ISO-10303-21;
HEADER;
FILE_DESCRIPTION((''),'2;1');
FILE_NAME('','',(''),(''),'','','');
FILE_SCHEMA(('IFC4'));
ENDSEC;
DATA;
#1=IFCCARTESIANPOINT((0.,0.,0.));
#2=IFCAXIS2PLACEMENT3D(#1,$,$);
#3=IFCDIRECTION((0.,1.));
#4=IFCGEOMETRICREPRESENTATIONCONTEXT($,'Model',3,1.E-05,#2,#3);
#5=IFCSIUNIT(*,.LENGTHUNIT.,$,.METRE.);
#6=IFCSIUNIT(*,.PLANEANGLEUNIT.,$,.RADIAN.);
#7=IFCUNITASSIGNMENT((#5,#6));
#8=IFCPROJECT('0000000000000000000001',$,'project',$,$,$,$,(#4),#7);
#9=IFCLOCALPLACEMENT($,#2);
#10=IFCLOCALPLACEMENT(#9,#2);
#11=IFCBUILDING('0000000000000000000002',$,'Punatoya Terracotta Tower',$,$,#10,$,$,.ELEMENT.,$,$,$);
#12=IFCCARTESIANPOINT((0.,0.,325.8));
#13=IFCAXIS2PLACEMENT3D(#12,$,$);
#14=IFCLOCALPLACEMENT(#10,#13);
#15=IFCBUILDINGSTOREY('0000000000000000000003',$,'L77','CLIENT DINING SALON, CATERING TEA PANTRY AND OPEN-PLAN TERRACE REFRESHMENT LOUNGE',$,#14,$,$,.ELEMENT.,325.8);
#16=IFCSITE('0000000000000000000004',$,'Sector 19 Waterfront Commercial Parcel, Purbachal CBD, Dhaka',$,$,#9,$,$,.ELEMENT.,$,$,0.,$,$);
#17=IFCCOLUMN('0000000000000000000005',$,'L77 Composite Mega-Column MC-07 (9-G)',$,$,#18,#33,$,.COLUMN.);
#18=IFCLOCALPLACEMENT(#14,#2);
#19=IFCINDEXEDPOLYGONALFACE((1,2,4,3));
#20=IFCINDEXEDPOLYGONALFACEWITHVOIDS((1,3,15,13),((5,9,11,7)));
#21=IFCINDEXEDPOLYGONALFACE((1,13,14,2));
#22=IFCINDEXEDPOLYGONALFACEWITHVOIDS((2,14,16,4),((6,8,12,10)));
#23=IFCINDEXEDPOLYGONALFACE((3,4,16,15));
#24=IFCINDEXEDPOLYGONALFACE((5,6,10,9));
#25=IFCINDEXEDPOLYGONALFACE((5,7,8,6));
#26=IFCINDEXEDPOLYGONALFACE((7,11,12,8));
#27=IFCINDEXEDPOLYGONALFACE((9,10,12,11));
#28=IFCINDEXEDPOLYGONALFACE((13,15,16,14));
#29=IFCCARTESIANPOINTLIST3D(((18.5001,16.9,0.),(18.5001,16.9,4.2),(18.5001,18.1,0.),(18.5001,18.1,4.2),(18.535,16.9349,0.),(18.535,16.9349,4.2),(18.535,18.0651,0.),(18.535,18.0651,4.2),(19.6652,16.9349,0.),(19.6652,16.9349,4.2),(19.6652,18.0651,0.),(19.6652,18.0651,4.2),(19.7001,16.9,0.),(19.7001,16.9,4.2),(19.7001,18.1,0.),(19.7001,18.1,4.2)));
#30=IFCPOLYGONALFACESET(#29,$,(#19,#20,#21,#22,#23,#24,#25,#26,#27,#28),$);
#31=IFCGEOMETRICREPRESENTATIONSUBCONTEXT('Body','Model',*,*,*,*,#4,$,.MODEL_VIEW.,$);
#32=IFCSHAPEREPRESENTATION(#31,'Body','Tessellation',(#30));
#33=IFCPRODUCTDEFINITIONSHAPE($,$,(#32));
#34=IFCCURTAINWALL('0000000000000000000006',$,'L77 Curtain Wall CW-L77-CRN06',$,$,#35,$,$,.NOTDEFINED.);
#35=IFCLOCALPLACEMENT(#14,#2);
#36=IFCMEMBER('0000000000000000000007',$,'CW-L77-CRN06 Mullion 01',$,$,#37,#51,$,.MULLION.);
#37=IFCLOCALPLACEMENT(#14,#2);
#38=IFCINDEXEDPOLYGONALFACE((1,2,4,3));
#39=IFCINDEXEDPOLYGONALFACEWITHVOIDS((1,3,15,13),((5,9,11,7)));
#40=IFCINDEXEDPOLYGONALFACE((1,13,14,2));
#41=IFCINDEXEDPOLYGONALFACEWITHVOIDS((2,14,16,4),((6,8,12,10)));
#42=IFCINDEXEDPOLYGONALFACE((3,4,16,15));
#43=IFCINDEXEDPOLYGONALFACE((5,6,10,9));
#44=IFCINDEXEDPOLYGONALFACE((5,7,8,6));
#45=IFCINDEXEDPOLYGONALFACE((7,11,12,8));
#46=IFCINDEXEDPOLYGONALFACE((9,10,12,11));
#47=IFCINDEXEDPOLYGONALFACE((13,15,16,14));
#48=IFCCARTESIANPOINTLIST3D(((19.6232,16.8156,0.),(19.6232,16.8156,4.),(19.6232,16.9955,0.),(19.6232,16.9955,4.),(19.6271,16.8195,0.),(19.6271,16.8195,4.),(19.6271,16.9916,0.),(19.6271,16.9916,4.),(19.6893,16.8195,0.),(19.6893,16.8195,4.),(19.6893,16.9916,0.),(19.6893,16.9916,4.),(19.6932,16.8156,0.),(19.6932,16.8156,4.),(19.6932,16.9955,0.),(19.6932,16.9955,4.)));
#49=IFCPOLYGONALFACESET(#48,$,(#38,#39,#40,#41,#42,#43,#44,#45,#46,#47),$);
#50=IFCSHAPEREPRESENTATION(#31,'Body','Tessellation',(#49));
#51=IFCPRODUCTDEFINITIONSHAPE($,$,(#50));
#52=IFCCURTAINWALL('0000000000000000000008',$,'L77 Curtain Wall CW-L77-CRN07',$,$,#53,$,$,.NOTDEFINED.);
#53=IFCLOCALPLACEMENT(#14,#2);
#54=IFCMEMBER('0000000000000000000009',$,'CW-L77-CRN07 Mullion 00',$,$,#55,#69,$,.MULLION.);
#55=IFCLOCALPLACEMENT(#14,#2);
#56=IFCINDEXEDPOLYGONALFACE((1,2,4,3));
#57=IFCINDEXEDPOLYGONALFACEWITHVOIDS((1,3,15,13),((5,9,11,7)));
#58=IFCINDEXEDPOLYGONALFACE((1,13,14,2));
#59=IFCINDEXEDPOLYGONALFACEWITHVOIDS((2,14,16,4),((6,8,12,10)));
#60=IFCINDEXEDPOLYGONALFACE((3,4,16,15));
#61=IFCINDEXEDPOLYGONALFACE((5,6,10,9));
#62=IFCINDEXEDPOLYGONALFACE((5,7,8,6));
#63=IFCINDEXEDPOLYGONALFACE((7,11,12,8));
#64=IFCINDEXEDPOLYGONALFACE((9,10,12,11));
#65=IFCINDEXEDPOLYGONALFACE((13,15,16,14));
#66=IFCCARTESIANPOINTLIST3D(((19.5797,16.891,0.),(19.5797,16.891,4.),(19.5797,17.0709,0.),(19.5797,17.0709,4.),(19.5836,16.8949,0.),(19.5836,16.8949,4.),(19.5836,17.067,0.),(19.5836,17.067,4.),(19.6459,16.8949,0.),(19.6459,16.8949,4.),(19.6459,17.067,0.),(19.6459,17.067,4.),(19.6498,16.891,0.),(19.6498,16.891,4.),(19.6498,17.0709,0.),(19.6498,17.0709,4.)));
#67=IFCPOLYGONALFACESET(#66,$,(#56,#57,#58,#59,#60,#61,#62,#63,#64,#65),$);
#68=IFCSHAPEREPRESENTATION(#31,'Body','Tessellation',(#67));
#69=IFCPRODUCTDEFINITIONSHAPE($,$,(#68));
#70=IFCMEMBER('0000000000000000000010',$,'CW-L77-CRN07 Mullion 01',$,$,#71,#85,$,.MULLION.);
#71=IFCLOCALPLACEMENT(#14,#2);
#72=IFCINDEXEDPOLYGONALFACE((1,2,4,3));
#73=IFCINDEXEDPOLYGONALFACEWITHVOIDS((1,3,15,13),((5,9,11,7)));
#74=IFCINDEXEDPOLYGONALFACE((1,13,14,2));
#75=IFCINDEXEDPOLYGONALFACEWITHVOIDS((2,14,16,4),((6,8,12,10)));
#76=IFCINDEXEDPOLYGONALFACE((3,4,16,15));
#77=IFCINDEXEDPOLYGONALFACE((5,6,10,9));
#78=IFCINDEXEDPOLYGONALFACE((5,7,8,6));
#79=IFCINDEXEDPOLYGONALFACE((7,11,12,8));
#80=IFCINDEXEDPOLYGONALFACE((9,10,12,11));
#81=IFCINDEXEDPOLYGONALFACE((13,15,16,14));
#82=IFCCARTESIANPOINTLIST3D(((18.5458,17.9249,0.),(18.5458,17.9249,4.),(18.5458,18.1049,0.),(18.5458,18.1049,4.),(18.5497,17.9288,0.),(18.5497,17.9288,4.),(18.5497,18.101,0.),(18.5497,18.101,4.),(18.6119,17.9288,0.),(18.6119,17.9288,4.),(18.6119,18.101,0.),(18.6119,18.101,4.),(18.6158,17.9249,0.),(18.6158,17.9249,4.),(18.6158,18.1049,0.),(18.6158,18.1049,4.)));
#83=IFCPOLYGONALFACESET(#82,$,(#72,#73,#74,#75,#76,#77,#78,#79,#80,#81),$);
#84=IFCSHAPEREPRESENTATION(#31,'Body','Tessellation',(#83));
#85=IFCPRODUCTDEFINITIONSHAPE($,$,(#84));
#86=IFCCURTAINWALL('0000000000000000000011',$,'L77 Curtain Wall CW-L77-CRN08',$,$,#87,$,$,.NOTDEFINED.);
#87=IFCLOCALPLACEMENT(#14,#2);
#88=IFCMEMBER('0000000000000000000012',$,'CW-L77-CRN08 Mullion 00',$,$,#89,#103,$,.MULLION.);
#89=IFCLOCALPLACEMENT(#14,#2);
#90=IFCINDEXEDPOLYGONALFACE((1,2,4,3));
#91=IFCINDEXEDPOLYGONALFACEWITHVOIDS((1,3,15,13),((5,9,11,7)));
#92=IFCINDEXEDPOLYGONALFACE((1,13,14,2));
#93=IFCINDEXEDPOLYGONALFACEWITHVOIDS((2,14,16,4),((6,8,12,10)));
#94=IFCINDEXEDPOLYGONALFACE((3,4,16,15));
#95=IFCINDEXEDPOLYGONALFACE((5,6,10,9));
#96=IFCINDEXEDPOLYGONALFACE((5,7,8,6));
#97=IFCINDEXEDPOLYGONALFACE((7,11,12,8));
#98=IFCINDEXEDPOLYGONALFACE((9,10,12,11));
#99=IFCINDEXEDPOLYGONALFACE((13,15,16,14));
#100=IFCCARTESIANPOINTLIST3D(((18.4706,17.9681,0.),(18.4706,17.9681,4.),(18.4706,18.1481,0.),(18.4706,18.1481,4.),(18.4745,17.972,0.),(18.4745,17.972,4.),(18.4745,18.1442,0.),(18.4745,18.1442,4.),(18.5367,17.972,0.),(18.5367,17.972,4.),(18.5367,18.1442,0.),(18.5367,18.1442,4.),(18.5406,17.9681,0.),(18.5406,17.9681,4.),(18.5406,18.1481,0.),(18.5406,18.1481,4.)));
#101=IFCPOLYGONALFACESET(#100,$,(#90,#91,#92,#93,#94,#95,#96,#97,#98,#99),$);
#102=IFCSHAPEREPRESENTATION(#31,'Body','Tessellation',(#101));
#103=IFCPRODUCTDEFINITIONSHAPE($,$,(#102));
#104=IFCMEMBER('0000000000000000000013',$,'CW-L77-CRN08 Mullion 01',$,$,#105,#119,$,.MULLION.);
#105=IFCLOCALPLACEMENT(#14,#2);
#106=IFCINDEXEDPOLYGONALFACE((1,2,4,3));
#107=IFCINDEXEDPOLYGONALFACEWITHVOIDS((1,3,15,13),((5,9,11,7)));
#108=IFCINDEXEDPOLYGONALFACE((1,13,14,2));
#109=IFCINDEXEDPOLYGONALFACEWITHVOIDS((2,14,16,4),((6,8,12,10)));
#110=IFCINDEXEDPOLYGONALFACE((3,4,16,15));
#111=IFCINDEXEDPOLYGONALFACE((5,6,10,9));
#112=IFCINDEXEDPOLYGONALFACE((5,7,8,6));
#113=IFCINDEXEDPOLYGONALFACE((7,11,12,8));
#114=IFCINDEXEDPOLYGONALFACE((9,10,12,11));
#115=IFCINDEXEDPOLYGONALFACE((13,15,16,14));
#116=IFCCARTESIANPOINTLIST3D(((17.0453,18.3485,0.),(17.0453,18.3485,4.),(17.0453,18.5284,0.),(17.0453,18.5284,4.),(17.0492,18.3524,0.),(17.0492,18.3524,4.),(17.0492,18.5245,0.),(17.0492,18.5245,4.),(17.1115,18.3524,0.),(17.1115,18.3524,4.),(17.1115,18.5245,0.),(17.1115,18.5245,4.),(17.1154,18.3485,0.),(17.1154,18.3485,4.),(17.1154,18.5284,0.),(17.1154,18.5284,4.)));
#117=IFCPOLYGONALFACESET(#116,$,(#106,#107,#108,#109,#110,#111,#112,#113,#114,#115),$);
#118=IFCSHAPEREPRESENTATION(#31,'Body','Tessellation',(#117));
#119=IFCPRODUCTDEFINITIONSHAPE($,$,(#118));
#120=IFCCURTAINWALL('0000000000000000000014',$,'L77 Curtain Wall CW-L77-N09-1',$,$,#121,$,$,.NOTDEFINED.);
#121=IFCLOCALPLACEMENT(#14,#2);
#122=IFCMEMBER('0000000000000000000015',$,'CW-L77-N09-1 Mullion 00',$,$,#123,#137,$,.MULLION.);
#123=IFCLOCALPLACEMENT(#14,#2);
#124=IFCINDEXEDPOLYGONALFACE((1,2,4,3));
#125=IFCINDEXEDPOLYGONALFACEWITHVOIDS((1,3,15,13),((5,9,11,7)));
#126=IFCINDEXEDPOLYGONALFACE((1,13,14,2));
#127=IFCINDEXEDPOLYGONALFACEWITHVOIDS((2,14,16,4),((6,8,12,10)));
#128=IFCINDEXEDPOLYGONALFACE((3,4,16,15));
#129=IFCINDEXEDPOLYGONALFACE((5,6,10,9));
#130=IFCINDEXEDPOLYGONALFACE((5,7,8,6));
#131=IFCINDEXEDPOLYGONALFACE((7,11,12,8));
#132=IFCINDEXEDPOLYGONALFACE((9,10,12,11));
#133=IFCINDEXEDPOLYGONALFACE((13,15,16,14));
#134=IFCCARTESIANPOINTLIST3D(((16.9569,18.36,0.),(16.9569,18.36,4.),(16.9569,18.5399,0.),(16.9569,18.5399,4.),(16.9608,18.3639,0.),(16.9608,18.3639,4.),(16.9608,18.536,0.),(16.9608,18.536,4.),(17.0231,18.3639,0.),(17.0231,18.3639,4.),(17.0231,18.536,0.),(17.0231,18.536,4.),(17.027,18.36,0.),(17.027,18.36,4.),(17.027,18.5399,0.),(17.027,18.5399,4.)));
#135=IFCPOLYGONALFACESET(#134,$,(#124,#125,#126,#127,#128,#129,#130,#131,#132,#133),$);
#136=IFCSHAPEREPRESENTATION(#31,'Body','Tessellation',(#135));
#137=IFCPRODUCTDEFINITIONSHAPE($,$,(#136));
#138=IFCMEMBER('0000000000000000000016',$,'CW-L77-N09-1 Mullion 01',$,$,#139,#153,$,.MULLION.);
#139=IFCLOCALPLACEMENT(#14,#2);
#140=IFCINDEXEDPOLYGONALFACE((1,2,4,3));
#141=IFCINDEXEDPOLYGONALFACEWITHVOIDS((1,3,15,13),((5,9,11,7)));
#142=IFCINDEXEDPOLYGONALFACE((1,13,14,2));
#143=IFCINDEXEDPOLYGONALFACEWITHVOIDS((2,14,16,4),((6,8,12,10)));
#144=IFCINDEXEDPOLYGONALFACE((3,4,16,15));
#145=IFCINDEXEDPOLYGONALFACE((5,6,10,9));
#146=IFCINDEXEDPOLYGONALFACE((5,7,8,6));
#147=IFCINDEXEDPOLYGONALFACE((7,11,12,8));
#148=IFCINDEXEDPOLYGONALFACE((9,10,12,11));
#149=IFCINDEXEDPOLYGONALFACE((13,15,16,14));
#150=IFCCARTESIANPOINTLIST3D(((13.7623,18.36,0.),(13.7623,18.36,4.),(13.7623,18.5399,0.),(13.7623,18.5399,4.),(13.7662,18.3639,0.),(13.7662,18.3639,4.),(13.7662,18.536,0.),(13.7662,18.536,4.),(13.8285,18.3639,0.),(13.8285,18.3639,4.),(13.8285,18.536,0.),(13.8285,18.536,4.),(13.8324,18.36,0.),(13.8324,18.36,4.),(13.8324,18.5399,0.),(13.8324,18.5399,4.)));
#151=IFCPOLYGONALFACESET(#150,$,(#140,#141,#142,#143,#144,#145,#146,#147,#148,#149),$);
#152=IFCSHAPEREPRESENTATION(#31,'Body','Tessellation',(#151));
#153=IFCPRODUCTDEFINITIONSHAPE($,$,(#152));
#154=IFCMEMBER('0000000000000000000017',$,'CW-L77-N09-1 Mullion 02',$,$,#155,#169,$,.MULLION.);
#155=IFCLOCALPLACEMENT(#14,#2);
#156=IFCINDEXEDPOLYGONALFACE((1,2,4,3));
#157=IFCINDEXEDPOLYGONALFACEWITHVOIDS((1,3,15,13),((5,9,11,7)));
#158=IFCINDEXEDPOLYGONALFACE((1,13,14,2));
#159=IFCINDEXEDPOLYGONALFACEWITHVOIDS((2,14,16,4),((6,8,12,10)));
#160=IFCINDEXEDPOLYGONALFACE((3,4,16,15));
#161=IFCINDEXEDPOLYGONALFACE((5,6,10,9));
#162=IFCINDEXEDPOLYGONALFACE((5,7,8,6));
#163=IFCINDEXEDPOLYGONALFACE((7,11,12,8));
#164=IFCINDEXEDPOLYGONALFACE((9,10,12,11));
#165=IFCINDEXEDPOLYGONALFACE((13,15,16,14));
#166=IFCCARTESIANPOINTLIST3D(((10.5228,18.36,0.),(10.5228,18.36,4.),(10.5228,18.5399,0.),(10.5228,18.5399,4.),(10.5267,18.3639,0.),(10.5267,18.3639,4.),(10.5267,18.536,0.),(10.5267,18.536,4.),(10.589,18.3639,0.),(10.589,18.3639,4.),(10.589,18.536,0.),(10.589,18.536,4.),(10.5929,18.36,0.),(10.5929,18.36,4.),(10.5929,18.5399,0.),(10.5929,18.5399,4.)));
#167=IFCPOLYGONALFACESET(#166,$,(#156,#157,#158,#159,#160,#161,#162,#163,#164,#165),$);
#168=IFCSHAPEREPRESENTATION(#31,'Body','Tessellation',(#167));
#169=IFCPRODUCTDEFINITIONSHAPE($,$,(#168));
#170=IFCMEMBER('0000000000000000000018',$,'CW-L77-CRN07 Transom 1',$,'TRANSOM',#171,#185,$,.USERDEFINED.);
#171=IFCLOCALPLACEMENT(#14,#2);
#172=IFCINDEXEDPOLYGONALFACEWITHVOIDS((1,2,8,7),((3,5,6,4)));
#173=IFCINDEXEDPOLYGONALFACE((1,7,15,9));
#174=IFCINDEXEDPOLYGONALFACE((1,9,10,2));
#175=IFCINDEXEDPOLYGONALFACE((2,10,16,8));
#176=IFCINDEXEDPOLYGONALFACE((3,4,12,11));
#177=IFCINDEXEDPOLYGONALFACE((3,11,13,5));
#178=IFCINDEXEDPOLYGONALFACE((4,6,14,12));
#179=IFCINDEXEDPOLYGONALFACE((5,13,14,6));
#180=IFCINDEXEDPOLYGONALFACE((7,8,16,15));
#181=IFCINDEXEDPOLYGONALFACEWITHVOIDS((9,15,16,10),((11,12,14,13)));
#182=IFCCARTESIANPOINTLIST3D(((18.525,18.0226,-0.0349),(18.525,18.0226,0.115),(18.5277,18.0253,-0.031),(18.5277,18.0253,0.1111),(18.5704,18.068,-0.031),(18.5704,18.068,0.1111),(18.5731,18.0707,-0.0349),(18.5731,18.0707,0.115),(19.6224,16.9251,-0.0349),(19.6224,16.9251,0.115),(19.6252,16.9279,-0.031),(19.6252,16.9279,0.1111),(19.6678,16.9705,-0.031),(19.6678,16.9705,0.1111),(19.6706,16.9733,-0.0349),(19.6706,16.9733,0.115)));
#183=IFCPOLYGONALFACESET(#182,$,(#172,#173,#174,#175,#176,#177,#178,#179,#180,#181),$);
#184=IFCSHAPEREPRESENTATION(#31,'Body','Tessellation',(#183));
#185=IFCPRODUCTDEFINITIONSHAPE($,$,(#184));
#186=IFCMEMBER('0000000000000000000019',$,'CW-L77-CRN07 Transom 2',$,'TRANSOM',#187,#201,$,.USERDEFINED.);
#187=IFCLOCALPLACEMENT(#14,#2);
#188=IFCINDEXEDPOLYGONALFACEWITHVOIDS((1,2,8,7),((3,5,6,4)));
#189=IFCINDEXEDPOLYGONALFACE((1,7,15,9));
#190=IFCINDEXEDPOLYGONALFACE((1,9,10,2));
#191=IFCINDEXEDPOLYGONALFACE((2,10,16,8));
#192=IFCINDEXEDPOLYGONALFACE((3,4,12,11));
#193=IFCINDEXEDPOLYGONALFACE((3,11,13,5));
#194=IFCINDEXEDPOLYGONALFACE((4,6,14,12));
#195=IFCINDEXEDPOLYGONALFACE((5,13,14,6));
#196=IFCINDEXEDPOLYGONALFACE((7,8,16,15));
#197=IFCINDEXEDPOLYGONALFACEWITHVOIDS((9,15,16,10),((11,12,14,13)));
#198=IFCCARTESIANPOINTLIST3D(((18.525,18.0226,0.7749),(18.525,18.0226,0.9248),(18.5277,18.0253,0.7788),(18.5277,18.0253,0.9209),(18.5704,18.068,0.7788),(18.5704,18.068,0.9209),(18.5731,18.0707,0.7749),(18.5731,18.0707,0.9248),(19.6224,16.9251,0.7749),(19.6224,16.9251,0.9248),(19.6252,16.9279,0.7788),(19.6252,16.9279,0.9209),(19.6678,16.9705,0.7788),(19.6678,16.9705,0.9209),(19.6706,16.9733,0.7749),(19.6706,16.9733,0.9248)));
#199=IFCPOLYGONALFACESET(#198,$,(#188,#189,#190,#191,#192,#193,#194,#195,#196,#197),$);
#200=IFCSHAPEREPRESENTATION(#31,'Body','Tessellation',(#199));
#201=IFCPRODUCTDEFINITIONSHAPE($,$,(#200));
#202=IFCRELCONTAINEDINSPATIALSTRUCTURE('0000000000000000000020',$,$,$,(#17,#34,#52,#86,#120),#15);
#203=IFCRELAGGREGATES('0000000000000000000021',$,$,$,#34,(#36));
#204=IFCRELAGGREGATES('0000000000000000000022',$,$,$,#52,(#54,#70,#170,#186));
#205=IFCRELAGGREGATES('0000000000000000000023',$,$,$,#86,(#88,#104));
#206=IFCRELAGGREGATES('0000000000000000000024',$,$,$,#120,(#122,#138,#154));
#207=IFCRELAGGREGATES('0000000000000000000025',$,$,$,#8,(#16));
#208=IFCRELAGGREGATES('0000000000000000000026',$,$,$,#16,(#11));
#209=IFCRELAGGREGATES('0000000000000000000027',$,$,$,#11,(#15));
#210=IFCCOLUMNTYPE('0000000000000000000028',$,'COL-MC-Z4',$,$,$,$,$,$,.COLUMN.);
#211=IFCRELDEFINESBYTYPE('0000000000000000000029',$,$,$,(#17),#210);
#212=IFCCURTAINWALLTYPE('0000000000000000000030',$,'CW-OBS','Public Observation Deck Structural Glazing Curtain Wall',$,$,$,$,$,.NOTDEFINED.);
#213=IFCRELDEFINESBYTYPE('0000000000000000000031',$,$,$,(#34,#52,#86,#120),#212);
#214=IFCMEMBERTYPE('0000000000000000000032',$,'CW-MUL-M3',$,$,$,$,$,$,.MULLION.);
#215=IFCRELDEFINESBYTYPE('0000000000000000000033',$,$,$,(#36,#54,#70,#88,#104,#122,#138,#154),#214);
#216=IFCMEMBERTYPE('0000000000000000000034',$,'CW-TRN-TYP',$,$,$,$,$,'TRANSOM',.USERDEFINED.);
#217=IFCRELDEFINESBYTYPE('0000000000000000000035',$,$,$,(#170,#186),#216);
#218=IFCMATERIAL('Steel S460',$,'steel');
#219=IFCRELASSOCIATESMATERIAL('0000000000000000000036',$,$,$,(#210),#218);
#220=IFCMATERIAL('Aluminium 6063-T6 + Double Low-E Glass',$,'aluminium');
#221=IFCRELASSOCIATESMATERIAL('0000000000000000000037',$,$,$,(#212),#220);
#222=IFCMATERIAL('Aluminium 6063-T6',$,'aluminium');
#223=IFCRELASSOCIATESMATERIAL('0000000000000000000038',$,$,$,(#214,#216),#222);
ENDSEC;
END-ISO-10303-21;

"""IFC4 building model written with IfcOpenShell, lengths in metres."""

from ifc_helpers import new_model, si_unit, direction, frame, origin, origin_2d, place, context, subcontext, project, spatial, hollow_rectangle, extrude, material, material_profile, profile_set, type_object, element, aggregate, save


model = new_model("IFC4")

# Units and contexts
model_context = context("Model", 3, precision=1e-05, world=origin(), true_north=direction((0.0, 1.0)))
body_context = subcontext(model_context, "Body", "Model", "MODEL_VIEW")
ifc_project = project(units=[si_unit("LENGTHUNIT", "METRE"), si_unit("PLANEANGLEUNIT", "RADIAN")], contexts=[model_context])

# Site, building, storey
site_placement = place(None, origin())
site = spatial("IfcSite", under=ifc_project, at=site_placement, Name="Sector 19 Waterfront Commercial Parcel, Purbachal CBD, Dhaka", CompositionType="ELEMENT", RefElevation=0.0)
building_placement = place(site_placement, origin())
building = spatial("IfcBuilding", under=site, at=building_placement, Name="Punatoya Terracotta Tower", CompositionType="ELEMENT")
storey_placement = place(building_placement, frame((0.0, 0.0, 325.8)))
storey = spatial("IfcBuildingStorey", under=building, at=storey_placement, Name="L77", Description="CLIENT DINING SALON, CATERING TEA PANTRY AND OPEN-PLAN TERRACE REFRESHMENT LOUNGE", CompositionType="ELEMENT", Elevation=325.8)

# Column
ifc_material_1 = material(Name="Steel S460", Category="steel")
ifc_material_profile_1 = material_profile(ifc_material_1, hollow_rectangle(XDim=1.2, YDim=1.2, WallThickness=0.0349, at=origin_2d()))
ifc_profile_set_1 = profile_set([ifc_material_profile_1], Name="Steel S460")
column_type = type_object("IfcColumnType", Name="COL-MC-Z4", PredefinedType="COLUMN", material=ifc_profile_set_1)
column_placement = place(storey_placement, frame((19.1001, 17.5, 0.0), z_axis=(0.0, 0.0, 1.0), x_axis=(1.0, 0.0, 0.0)))
element("IfcColumn", 1, at=column_placement, inside=storey, type_object=column_type, Name="L77 Composite Mega-Column MC-07 (9-G)", PredefinedType="COLUMN", context=body_context, shape_type="SweptSolid", body=[
    extrude(hollow_rectangle(XDim=1.2, YDim=1.2, WallThickness=0.0349, at=origin_2d()), origin(), (0.0, 0.0, 1.0), 4.2),
])

# Curtain wall, member
ifc_material_2 = material(Name="Aluminium 6063-T6 + Double Low-E Glass", Category="aluminium")
curtain_wall_type = type_object("IfcCurtainWallType", Name="CW-OBS", Description="Public Observation Deck Structural Glazing Curtain Wall", PredefinedType="NOTDEFINED", material=ifc_material_2)
curtain_wall_1_placement = place(storey_placement, origin())
curtain_wall_1 = element("IfcCurtainWall", 2, at=curtain_wall_1_placement, inside=storey, type_object=curtain_wall_type, Name="L77 Curtain Wall CW-L77-CRN06", PredefinedType="NOTDEFINED")
ifc_material_3 = material(Name="Aluminium 6063-T6", Category="aluminium")
ifc_material_profile_2 = material_profile(ifc_material_3, hollow_rectangle(XDim=0.0701, YDim=0.1799, WallThickness=0.0039, at=origin_2d()))
ifc_profile_set_2 = profile_set([ifc_material_profile_2], Name="Aluminium 6063-T6")
member_type_1 = type_object("IfcMemberType", Name="CW-MUL-M3", PredefinedType="MULLION", material=ifc_profile_set_2)
member_1_placement = place(storey_placement, frame((19.6582, 16.9055, 0.0), z_axis=(0.0, 0.0, 1.0), x_axis=(1.0, 0.0, 0.0)))
member_1 = element("IfcMember", 3, at=member_1_placement, type_object=member_type_1, Name="CW-L77-CRN06 Mullion 01", PredefinedType="MULLION", context=body_context, shape_type="SweptSolid", body=[
    extrude(hollow_rectangle(XDim=0.0701, YDim=0.1799, WallThickness=0.0039, at=origin_2d()), origin(), (0.0, 0.0, 1.0), 4.0),
])

# Curtain walls, members
curtain_wall_2_placement = place(storey_placement, origin())
curtain_wall_2 = element("IfcCurtainWall", 4, at=curtain_wall_2_placement, inside=storey, type_object=curtain_wall_type, Name="L77 Curtain Wall CW-L77-CRN07", PredefinedType="NOTDEFINED")
member_2_placement = place(storey_placement, frame((19.6147, 16.981, 0.0), z_axis=(0.0, 0.0, 1.0), x_axis=(1.0, 0.0, 0.0)))
member_2 = element("IfcMember", 5, at=member_2_placement, type_object=member_type_1, Name="CW-L77-CRN07 Mullion 00", PredefinedType="MULLION", context=body_context, shape_type="SweptSolid", body=[
    extrude(hollow_rectangle(XDim=0.0701, YDim=0.1799, WallThickness=0.0039, at=origin_2d()), origin(), (0.0, 0.0, 1.0), 4.0),
])
member_3_placement = place(storey_placement, frame((18.5808, 18.0149, 0.0), z_axis=(0.0, 0.0, 1.0), x_axis=(1.0, 0.0, 0.0)))
member_3 = element("IfcMember", 6, at=member_3_placement, type_object=member_type_1, Name="CW-L77-CRN07 Mullion 01", PredefinedType="MULLION", context=body_context, shape_type="SweptSolid", body=[
    extrude(hollow_rectangle(XDim=0.0701, YDim=0.1799, WallThickness=0.0039, at=origin_2d()), origin(), (0.0, 0.0, 1.0), 4.0),
])
curtain_wall_3_placement = place(storey_placement, origin())
curtain_wall_3 = element("IfcCurtainWall", 7, at=curtain_wall_3_placement, inside=storey, type_object=curtain_wall_type, Name="L77 Curtain Wall CW-L77-CRN08", PredefinedType="NOTDEFINED")
member_4_placement = place(storey_placement, frame((18.5056, 18.0581, 0.0), z_axis=(0.0, 0.0, 1.0), x_axis=(1.0, 0.0, 0.0)))
member_4 = element("IfcMember", 8, at=member_4_placement, type_object=member_type_1, Name="CW-L77-CRN08 Mullion 00", PredefinedType="MULLION", context=body_context, shape_type="SweptSolid", body=[
    extrude(hollow_rectangle(XDim=0.0701, YDim=0.1799, WallThickness=0.0039, at=origin_2d()), origin(), (0.0, 0.0, 1.0), 4.0),
])
member_5_placement = place(storey_placement, frame((17.0803, 18.4385, 0.0), z_axis=(0.0, 0.0, 1.0), x_axis=(1.0, 0.0, 0.0)))
member_5 = element("IfcMember", 9, at=member_5_placement, type_object=member_type_1, Name="CW-L77-CRN08 Mullion 01", PredefinedType="MULLION", context=body_context, shape_type="SweptSolid", body=[
    extrude(hollow_rectangle(XDim=0.0701, YDim=0.1799, WallThickness=0.0039, at=origin_2d()), origin(), (0.0, 0.0, 1.0), 4.0),
])
curtain_wall_4_placement = place(storey_placement, origin())
curtain_wall_4 = element("IfcCurtainWall", 10, at=curtain_wall_4_placement, inside=storey, type_object=curtain_wall_type, Name="L77 Curtain Wall CW-L77-N09-1", PredefinedType="NOTDEFINED")
member_6_placement = place(storey_placement, frame((16.9919, 18.45, 0.0), z_axis=(0.0, 0.0, 1.0), x_axis=(1.0, 0.0, 0.0)))
member_6 = element("IfcMember", 11, at=member_6_placement, type_object=member_type_1, Name="CW-L77-N09-1 Mullion 00", PredefinedType="MULLION", context=body_context, shape_type="SweptSolid", body=[
    extrude(hollow_rectangle(XDim=0.0701, YDim=0.1799, WallThickness=0.0039, at=origin_2d()), origin(), (0.0, 0.0, 1.0), 4.0),
])
member_7_placement = place(storey_placement, frame((13.7974, 18.45, 0.0), z_axis=(0.0, 0.0, 1.0), x_axis=(1.0, 0.0, 0.0)))
member_7 = element("IfcMember", 12, at=member_7_placement, type_object=member_type_1, Name="CW-L77-N09-1 Mullion 01", PredefinedType="MULLION", context=body_context, shape_type="SweptSolid", body=[
    extrude(hollow_rectangle(XDim=0.0701, YDim=0.1799, WallThickness=0.0039, at=origin_2d()), origin(), (0.0, 0.0, 1.0), 4.0),
])
member_8_placement = place(storey_placement, frame((10.5579, 18.45, 0.0), z_axis=(0.0, 0.0, 1.0), x_axis=(1.0, 0.0, 0.0)))
member_8 = element("IfcMember", 13, at=member_8_placement, type_object=member_type_1, Name="CW-L77-N09-1 Mullion 02", PredefinedType="MULLION", context=body_context, shape_type="SweptSolid", body=[
    extrude(hollow_rectangle(XDim=0.0701, YDim=0.1799, WallThickness=0.0039, at=origin_2d()), origin(), (0.0, 0.0, 1.0), 4.0),
])

# Members
ifc_material_profile_3 = material_profile(ifc_material_3, hollow_rectangle(XDim=0.0681, YDim=0.1499, WallThickness=0.0039, at=origin_2d()))
ifc_profile_set_3 = profile_set([ifc_material_profile_3], Name="Aluminium 6063-T6")
member_type_2 = type_object("IfcMemberType", Name="CW-TRN-TYP", ElementType="TRANSOM", PredefinedType="USERDEFINED", material=ifc_profile_set_3)
member_9_placement = place(storey_placement, frame((19.6465, 16.9492, 0.04), z_axis=(-0.707107, 0.707107, 0.0), x_axis=(-0.707107, -0.707107, 0.0)))
member_9 = element("IfcMember", 14, at=member_9_placement, type_object=member_type_2, Name="CW-L77-CRN07 Transom 1", ObjectType="TRANSOM", PredefinedType="USERDEFINED", context=body_context, shape_type="SweptSolid", body=[
    extrude(hollow_rectangle(XDim=0.0681, YDim=0.1499, WallThickness=0.0039, at=origin_2d()), origin(), (0.0, 0.0, 1.0), 1.552),
])
member_10_placement = place(storey_placement, frame((19.6465, 16.9492, 0.8499), z_axis=(-0.707107, 0.707107, 0.0), x_axis=(-0.707107, -0.707107, 0.0)))
member_10 = element("IfcMember", 15, at=member_10_placement, type_object=member_type_2, Name="CW-L77-CRN07 Transom 2", ObjectType="TRANSOM", PredefinedType="USERDEFINED", context=body_context, shape_type="SweptSolid", body=[
    extrude(hollow_rectangle(XDim=0.0681, YDim=0.1499, WallThickness=0.0039, at=origin_2d()), origin(), (0.0, 0.0, 1.0), 1.552),
])

aggregate(curtain_wall_1, [member_1])
aggregate(curtain_wall_2, [member_2, member_3, member_9, member_10])
aggregate(curtain_wall_3, [member_4, member_5])
aggregate(curtain_wall_4, [member_6, member_7, member_8])

save(model, "model.ifc")
